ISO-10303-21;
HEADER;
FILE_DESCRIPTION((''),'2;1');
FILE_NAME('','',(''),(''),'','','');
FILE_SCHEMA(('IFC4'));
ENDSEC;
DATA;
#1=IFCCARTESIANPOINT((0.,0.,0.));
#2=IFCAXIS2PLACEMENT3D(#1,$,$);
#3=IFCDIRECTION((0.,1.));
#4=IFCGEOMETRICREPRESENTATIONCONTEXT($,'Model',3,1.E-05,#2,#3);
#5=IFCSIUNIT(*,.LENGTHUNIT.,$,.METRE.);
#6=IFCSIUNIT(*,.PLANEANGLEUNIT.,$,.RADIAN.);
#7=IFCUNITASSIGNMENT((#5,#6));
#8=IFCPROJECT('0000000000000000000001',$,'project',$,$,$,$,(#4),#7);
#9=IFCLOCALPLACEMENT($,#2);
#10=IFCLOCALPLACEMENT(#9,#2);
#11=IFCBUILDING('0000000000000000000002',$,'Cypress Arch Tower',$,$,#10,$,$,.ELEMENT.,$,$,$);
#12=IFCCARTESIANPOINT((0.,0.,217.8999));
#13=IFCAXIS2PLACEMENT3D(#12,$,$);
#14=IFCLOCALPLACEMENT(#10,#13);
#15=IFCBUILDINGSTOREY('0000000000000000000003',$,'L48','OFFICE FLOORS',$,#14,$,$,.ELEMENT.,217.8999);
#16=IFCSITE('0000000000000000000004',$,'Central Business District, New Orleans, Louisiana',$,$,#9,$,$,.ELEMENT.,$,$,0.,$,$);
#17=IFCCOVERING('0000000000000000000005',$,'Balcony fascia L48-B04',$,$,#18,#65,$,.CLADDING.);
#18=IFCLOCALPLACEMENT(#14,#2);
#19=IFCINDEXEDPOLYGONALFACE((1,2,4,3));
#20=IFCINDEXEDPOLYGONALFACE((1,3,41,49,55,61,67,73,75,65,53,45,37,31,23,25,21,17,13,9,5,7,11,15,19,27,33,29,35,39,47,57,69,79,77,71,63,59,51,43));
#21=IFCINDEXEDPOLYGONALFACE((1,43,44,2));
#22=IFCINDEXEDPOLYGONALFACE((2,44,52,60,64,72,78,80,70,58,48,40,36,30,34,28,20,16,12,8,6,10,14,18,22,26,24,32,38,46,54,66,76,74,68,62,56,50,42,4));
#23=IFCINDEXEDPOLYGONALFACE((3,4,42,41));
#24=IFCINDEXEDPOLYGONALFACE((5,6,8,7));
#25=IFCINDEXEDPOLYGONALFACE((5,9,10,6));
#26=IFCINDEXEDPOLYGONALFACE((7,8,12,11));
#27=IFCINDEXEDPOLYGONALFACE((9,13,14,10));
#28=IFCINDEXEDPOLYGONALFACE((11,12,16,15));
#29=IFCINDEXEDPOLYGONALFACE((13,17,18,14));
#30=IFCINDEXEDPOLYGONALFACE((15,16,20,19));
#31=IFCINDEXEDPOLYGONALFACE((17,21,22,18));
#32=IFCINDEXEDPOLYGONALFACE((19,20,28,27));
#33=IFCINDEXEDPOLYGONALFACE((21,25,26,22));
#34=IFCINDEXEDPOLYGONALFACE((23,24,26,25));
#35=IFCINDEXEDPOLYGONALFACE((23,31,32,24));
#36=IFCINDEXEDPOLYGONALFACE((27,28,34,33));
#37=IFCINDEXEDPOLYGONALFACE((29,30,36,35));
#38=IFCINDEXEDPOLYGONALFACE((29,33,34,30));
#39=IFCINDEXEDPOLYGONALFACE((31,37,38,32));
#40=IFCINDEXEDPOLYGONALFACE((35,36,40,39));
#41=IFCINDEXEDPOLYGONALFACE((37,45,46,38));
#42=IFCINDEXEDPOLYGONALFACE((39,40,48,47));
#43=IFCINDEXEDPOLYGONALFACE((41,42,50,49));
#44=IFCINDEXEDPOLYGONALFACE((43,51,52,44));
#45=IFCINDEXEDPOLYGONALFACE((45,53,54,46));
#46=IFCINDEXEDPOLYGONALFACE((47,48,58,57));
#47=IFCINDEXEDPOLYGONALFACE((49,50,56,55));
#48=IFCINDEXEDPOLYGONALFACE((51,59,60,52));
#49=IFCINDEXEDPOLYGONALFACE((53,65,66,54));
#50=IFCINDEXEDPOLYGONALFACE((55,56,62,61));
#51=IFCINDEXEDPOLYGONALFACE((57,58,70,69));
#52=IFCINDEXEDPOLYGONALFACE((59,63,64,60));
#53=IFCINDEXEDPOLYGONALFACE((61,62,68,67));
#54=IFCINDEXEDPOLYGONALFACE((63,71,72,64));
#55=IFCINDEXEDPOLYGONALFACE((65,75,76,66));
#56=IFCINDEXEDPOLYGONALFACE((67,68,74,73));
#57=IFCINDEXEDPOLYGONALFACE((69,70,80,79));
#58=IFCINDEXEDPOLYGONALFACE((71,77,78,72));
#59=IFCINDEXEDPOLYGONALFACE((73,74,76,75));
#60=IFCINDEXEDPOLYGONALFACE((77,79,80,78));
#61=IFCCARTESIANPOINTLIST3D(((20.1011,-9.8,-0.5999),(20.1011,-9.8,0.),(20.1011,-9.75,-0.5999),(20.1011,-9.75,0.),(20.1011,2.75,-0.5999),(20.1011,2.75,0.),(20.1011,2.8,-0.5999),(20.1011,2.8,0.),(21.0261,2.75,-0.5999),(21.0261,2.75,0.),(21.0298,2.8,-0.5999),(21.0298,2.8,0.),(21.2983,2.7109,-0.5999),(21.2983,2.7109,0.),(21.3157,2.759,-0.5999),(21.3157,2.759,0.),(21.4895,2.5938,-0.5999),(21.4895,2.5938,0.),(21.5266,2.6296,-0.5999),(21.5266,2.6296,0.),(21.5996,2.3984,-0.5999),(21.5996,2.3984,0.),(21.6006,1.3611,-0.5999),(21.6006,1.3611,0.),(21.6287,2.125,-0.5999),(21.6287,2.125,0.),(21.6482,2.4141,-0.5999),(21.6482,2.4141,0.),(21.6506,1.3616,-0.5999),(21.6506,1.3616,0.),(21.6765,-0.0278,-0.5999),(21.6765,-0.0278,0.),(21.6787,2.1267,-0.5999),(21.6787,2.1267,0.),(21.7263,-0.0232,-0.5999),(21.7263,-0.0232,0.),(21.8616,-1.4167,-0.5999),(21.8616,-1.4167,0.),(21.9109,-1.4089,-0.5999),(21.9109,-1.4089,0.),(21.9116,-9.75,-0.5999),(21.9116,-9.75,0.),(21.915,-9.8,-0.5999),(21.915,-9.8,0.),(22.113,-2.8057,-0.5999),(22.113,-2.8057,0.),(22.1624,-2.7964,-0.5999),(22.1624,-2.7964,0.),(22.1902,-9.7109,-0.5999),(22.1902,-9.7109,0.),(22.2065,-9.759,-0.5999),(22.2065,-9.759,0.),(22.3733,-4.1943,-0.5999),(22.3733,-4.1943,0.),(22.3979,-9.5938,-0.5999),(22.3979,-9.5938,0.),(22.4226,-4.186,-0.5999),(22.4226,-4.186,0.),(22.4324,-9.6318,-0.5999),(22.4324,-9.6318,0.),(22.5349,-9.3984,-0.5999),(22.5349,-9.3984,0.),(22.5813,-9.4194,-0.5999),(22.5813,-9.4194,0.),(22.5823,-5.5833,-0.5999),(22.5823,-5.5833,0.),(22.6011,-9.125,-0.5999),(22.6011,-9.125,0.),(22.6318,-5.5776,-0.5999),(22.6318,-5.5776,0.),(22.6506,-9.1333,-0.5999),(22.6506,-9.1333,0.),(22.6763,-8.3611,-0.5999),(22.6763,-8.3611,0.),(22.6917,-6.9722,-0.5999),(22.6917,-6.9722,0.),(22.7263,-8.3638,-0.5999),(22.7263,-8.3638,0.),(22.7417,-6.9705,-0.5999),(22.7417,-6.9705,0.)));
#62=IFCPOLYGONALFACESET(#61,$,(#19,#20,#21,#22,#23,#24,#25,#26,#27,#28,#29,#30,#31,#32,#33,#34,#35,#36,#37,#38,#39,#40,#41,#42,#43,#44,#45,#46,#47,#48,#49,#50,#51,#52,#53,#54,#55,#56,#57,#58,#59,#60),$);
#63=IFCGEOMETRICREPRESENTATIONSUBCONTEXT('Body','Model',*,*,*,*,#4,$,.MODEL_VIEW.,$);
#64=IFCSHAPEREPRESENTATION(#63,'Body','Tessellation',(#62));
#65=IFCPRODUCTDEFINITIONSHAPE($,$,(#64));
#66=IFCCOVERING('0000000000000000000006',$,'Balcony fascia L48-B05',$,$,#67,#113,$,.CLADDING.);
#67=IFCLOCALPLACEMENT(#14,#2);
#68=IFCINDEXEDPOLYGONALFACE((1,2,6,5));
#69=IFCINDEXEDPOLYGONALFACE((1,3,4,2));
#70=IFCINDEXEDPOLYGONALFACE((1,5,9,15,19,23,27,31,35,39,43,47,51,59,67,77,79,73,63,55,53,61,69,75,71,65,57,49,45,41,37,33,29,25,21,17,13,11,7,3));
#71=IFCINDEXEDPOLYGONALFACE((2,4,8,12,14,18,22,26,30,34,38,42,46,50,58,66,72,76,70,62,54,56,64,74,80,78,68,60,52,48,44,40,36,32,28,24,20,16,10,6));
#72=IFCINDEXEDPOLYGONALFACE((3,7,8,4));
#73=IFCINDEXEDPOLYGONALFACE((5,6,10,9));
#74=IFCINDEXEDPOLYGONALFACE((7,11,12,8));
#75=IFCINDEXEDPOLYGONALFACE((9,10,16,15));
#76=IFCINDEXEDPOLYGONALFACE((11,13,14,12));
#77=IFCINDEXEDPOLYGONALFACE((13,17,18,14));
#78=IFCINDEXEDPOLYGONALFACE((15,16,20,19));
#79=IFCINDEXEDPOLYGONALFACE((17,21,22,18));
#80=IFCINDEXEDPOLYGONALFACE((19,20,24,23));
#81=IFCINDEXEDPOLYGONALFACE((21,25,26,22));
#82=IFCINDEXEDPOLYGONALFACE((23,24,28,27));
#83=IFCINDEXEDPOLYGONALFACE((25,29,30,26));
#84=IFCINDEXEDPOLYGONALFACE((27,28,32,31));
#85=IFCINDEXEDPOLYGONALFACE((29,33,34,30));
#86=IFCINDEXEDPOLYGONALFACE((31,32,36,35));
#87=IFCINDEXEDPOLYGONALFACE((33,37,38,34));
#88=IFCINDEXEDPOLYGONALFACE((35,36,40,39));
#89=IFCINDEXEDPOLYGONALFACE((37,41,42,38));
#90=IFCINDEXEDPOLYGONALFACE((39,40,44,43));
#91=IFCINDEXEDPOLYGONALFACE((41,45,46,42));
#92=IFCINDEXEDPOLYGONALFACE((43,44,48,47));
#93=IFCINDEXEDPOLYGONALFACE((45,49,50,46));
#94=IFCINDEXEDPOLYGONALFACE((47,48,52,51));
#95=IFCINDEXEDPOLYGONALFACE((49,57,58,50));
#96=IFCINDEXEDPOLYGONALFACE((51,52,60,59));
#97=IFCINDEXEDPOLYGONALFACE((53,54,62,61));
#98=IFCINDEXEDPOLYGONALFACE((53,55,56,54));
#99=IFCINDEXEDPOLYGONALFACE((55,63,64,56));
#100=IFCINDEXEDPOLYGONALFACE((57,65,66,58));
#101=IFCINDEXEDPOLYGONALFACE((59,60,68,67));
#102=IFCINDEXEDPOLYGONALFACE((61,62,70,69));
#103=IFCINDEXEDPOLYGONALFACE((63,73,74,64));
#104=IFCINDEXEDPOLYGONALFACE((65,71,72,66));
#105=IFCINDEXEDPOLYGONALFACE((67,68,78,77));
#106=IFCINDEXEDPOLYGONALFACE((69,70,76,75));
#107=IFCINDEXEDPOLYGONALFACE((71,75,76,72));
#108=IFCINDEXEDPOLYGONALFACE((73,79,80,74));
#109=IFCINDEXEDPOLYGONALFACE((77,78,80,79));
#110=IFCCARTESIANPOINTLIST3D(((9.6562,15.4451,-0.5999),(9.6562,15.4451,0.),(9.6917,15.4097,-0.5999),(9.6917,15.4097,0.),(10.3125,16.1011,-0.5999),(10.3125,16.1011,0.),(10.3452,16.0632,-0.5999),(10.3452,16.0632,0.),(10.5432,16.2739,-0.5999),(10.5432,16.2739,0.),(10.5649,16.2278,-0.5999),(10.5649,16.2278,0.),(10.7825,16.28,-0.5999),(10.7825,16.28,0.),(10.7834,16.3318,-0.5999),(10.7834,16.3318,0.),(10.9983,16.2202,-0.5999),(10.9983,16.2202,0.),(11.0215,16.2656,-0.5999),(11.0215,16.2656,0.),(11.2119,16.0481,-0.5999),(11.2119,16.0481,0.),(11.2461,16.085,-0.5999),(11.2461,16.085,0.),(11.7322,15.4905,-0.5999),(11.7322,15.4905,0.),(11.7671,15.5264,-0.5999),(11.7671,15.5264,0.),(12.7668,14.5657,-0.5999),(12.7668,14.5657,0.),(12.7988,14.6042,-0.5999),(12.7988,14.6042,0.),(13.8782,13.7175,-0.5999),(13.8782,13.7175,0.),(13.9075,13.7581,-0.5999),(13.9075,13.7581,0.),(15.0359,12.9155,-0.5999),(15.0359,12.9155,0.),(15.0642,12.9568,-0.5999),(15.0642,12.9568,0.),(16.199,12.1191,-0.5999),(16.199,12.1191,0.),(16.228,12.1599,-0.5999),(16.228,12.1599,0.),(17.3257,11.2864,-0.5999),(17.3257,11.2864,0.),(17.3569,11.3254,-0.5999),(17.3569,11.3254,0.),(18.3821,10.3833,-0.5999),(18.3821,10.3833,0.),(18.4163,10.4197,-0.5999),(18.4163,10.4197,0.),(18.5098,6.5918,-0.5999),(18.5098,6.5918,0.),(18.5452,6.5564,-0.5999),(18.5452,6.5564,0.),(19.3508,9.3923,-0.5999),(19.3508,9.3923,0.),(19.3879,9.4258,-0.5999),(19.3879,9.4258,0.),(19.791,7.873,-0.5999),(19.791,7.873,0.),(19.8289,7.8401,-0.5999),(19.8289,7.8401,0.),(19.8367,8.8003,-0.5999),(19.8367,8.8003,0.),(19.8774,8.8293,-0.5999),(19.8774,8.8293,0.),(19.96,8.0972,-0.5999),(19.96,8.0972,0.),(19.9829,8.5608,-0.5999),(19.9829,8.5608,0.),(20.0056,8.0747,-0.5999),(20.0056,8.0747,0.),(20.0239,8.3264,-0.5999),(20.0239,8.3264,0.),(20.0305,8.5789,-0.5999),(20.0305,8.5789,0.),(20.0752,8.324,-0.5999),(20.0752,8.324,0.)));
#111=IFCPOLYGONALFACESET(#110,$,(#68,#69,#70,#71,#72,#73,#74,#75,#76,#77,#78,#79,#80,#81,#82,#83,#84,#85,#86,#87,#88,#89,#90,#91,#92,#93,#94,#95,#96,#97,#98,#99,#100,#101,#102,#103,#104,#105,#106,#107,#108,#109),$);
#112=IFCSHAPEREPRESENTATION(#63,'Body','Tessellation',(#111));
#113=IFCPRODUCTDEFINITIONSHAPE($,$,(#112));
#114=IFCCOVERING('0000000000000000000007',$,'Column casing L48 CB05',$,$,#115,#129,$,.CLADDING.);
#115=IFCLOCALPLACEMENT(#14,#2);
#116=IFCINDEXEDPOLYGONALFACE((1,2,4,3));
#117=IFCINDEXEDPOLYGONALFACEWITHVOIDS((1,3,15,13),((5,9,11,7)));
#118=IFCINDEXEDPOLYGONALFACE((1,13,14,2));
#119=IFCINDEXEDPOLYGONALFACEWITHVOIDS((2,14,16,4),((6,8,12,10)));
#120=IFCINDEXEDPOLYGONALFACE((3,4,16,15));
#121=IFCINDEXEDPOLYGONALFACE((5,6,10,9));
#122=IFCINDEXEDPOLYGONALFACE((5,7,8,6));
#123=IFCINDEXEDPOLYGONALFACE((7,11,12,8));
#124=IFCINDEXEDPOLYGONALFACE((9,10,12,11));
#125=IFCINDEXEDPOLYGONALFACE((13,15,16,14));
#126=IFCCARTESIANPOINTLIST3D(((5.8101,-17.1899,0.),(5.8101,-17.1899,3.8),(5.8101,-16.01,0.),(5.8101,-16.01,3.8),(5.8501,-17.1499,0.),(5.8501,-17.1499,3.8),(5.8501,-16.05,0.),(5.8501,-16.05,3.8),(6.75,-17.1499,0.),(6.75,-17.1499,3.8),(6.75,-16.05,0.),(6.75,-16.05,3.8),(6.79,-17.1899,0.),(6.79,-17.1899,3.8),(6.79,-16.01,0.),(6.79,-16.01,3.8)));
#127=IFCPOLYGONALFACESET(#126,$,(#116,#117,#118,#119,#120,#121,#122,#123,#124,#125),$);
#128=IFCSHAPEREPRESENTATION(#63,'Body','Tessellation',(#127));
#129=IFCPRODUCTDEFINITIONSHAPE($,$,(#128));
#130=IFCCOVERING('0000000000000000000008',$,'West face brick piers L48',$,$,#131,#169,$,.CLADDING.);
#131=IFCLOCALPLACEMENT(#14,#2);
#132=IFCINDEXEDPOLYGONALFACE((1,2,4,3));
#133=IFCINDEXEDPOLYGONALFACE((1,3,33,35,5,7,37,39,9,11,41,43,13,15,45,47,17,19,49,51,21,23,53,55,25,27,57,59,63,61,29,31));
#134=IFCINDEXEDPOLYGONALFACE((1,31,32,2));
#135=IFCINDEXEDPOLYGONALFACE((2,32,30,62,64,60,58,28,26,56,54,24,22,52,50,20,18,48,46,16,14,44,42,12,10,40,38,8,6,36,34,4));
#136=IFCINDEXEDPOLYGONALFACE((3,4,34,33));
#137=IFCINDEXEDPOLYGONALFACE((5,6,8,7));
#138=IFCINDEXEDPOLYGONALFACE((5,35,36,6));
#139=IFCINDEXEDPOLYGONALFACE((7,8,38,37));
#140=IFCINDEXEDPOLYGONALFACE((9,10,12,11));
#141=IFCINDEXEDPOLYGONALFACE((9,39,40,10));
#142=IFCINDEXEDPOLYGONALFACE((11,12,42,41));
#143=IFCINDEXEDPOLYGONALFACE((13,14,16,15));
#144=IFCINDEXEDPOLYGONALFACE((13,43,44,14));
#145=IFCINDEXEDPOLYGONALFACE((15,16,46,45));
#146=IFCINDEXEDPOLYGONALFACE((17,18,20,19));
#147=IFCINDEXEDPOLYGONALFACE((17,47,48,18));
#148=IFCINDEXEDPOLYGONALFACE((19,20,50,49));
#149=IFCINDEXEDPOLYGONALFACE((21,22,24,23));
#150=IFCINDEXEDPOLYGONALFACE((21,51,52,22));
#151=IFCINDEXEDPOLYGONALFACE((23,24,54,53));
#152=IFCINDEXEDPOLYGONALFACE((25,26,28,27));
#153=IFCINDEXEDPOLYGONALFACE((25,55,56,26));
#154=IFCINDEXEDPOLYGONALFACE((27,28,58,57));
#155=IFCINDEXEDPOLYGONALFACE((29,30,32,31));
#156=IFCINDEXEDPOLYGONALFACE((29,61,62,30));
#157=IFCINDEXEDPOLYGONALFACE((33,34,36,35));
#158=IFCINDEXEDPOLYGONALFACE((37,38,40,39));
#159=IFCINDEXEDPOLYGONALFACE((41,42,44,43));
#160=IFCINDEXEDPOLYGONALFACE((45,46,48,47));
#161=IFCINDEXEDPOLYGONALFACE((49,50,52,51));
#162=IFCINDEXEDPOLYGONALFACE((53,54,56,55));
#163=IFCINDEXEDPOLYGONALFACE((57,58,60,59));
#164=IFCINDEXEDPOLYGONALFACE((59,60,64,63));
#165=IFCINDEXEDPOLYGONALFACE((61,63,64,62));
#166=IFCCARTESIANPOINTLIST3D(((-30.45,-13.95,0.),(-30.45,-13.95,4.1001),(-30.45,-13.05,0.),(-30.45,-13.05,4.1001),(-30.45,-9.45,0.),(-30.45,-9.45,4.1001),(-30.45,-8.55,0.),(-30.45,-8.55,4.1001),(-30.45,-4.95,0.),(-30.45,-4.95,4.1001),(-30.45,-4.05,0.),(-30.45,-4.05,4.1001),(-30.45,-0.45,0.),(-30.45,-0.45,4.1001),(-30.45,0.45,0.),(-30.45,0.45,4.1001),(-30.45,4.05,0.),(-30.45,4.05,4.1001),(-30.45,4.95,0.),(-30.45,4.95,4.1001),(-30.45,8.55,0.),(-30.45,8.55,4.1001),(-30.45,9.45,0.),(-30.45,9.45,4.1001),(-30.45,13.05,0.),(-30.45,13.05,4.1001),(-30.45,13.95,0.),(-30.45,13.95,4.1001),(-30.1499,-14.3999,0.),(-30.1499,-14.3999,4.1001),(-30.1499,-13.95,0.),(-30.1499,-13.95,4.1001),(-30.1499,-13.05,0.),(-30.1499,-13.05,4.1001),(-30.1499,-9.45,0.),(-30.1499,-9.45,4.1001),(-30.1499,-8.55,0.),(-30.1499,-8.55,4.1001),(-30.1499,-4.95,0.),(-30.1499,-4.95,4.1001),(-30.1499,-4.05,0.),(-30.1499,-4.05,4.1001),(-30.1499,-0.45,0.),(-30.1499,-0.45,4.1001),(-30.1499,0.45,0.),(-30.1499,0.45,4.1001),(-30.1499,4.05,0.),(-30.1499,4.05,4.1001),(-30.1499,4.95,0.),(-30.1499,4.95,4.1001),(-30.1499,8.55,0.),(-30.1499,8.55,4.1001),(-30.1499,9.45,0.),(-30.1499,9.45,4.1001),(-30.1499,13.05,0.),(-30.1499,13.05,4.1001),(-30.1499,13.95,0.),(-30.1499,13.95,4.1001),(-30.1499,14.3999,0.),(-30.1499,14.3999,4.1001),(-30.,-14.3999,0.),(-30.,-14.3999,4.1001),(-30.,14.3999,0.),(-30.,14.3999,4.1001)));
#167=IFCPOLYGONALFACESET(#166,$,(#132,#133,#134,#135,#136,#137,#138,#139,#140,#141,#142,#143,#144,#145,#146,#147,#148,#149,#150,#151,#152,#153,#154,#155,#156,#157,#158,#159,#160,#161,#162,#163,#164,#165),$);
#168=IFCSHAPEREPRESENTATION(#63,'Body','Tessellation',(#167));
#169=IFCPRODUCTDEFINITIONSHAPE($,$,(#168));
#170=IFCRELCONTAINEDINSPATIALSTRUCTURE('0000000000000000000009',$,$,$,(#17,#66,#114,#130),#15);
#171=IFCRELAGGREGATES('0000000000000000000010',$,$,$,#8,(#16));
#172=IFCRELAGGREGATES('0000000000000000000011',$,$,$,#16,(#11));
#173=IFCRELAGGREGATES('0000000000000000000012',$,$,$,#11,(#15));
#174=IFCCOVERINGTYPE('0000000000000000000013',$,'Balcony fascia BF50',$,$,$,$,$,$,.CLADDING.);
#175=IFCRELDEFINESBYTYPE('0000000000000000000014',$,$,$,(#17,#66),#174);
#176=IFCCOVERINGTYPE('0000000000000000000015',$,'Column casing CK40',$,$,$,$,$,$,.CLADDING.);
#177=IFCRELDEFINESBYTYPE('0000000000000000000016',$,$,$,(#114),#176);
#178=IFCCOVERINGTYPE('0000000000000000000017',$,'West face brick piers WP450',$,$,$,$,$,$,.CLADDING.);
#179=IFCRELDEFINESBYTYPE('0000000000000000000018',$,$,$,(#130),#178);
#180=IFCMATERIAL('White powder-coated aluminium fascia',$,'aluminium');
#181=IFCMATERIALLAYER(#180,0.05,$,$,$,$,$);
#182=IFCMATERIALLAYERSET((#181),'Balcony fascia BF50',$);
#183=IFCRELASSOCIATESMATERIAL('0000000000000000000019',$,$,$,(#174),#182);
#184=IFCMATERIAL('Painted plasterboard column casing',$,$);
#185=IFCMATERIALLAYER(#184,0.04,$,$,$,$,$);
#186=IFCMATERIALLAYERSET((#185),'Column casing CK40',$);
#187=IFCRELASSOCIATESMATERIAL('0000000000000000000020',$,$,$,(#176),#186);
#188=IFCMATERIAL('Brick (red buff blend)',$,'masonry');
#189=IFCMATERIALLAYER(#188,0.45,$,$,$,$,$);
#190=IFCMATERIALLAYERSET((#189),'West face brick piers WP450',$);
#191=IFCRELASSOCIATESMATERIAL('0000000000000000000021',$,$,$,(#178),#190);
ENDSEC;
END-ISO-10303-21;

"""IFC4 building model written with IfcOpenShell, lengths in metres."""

from ifc_helpers import new_model, si_unit, direction, frame, origin, place, context, subcontext, project, spatial, polyline, outline, extrude, material, layer, layer_set, type_object, element, save


model = new_model("IFC4")

# Units and contexts
model_context = context("Model", 3, precision=1e-05, world=origin(), true_north=direction((0.0, 1.0)))
body_context = subcontext(model_context, "Body", "Model", "MODEL_VIEW")
ifc_project = project(units=[si_unit("LENGTHUNIT", "METRE"), si_unit("PLANEANGLEUNIT", "RADIAN")], contexts=[model_context])

# Site, building, storey
site_placement = place(None, origin())
site = spatial("IfcSite", under=ifc_project, at=site_placement, Name="Central Business District, New Orleans, Louisiana", CompositionType="ELEMENT", RefElevation=0.0)
building_placement = place(site_placement, origin())
building = spatial("IfcBuilding", under=site, at=building_placement, Name="Cypress Arch Tower", CompositionType="ELEMENT")
storey_placement = place(building_placement, frame((0.0, 0.0, 217.8999)))
storey = spatial("IfcBuildingStorey", under=building, at=storey_placement, Name="L48", Description="OFFICE FLOORS", CompositionType="ELEMENT", Elevation=217.8999)

# Coverings
ifc_material_1 = material(Name="White powder-coated aluminium fascia", Category="aluminium")
ifc_layer_1 = layer(ifc_material_1, 0.05)
ifc_layer_set_1 = layer_set([ifc_layer_1], Name="Balcony fascia BF50")
covering_type_1 = type_object("IfcCoveringType", Name="Balcony fascia BF50", PredefinedType="CLADDING", material=ifc_layer_set_1)
covering_1_placement = place(storey_placement, frame((0.0, 0.0, -0.5999)))
element("IfcCovering", 1, at=covering_1_placement, inside=storey, type_object=covering_type_1, Name="Balcony fascia L48-B04", PredefinedType="CLADDING", context=body_context, shape_type="SweptSolid", body=[
    extrude(outline(polyline([(21.0298, 2.8), (21.3157, 2.759), (21.5266, 2.6296), (21.6482, 2.4141), (21.6787, 2.1267), (21.6506, 1.3616), (21.7263, -0.0232), (21.9109, -1.4089), (22.1624, -2.7964), (22.4226, -4.186), (22.6318, -5.5776), (22.7417, -6.9705), (22.7263, -8.3638), (22.6506, -9.1333), (22.5813, -9.4194), (22.4324, -9.6318), (22.2065, -9.759), (21.915, -9.8), (20.1011, -9.8), (20.1011, -9.75), (21.9116, -9.75), (22.1902, -9.7109), (22.3979, -9.5938), (22.5349, -9.3984), (22.6011, -9.125), (22.6763, -8.3611), (22.6917, -6.9722), (22.5823, -5.5833), (22.3733, -4.1943), (22.113, -2.8057), (21.8616, -1.4167), (21.6765, -0.0278), (21.6006, 1.3611), (21.6287, 2.125), (21.5996, 2.3984), (21.4895, 2.5938), (21.2983, 2.7109), (21.0261, 2.75), (20.1011, 2.75), (20.1011, 2.8), (21.0298, 2.8)])), origin(), (0.0, 0.0, 1.0), 0.5999),
])
covering_2_placement = place(storey_placement, frame((0.0, 0.0, -0.5999)))
element("IfcCovering", 2, at=covering_2_placement, inside=storey, type_object=covering_type_1, Name="Balcony fascia L48-B05", PredefinedType="CLADDING", context=body_context, shape_type="SweptSolid", body=[
    extrude(outline(polyline([(10.3125, 16.1011), (10.5432, 16.2739), (10.7834, 16.3318), (11.0215, 16.2656), (11.2461, 16.085), (11.7671, 15.5264), (12.7988, 14.6042), (13.9075, 13.7581), (15.0642, 12.9568), (16.228, 12.1599), (17.3569, 11.3254), (18.4163, 10.4197), (19.3879, 9.4258), (19.8774, 8.8293), (20.0305, 8.5789), (20.0752, 8.324), (20.0056, 8.0747), (19.8289, 7.8401), (18.5452, 6.5564), (18.5098, 6.5918), (19.791, 7.873), (19.96, 8.0972), (20.0239, 8.3264), (19.9829, 8.5608), (19.8367, 8.8003), (19.3508, 9.3923), (18.3821, 10.3833), (17.3257, 11.2864), (16.199, 12.1191), (15.0359, 12.9155), (13.8782, 13.7175), (12.7668, 14.5657), (11.7322, 15.4905), (11.2119, 16.0481), (10.9983, 16.2202), (10.7825, 16.28), (10.5649, 16.2278), (10.3452, 16.0632), (9.6917, 15.4097), (9.6562, 15.4451), (10.3125, 16.1011)])), origin(), (0.0, 0.0, 1.0), 0.5999),
])
ifc_material_2 = material(Name="Painted plasterboard column casing")
ifc_layer_2 = layer(ifc_material_2, 0.04)
ifc_layer_set_2 = layer_set([ifc_layer_2], Name="Column casing CK40")
covering_type_2 = type_object("IfcCoveringType", Name="Column casing CK40", PredefinedType="CLADDING", material=ifc_layer_set_2)
covering_3_placement = place(storey_placement, origin())
element("IfcCovering", 3, at=covering_3_placement, inside=storey, type_object=covering_type_2, Name="Column casing L48 CB05", PredefinedType="CLADDING", context=body_context, shape_type="SweptSolid", body=[
    extrude(outline(polyline([(5.8101, -17.1899), (5.8101, -16.01), (6.79, -16.01), (6.79, -17.1899), (5.8101, -17.1899)]), holes=[polyline([(5.8501, -17.1499), (6.75, -17.1499), (6.75, -16.05), (5.8501, -16.05), (5.8501, -17.1499)])]), origin(), (0.0, 0.0, 1.0), 3.8),
])
ifc_material_3 = material(Name="Brick (red buff blend)", Category="masonry")
ifc_layer_3 = layer(ifc_material_3, 0.45)
ifc_layer_set_3 = layer_set([ifc_layer_3], Name="West face brick piers WP450")
covering_type_3 = type_object("IfcCoveringType", Name="West face brick piers WP450", PredefinedType="CLADDING", material=ifc_layer_set_3)
covering_4_placement = place(storey_placement, origin())
element("IfcCovering", 4, at=covering_4_placement, inside=storey, type_object=covering_type_3, Name="West face brick piers L48", PredefinedType="CLADDING", context=body_context, shape_type="SweptSolid", body=[
    extrude(outline(polyline([(-30.1499, -13.05), (-30.1499, -9.45), (-30.45, -9.45), (-30.45, -8.55), (-30.1499, -8.55), (-30.1499, -4.95), (-30.45, -4.95), (-30.45, -4.05), (-30.1499, -4.05), (-30.1499, -0.45), (-30.45, -0.45), (-30.45, 0.45), (-30.1499, 0.45), (-30.1499, 4.05), (-30.45, 4.05), (-30.45, 4.95), (-30.1499, 4.95), (-30.1499, 8.55), (-30.45, 8.55), (-30.45, 9.45), (-30.1499, 9.45), (-30.1499, 13.05), (-30.45, 13.05), (-30.45, 13.95), (-30.1499, 13.95), (-30.1499, 14.3999), (-30.0, 14.3999), (-30.0, -14.3999), (-30.1499, -14.3999), (-30.1499, -13.95), (-30.45, -13.95), (-30.45, -13.05), (-30.1499, -13.05)])), origin(), (0.0, 0.0, 1.0), 4.1001),
])

save(model, "model.ifc")
